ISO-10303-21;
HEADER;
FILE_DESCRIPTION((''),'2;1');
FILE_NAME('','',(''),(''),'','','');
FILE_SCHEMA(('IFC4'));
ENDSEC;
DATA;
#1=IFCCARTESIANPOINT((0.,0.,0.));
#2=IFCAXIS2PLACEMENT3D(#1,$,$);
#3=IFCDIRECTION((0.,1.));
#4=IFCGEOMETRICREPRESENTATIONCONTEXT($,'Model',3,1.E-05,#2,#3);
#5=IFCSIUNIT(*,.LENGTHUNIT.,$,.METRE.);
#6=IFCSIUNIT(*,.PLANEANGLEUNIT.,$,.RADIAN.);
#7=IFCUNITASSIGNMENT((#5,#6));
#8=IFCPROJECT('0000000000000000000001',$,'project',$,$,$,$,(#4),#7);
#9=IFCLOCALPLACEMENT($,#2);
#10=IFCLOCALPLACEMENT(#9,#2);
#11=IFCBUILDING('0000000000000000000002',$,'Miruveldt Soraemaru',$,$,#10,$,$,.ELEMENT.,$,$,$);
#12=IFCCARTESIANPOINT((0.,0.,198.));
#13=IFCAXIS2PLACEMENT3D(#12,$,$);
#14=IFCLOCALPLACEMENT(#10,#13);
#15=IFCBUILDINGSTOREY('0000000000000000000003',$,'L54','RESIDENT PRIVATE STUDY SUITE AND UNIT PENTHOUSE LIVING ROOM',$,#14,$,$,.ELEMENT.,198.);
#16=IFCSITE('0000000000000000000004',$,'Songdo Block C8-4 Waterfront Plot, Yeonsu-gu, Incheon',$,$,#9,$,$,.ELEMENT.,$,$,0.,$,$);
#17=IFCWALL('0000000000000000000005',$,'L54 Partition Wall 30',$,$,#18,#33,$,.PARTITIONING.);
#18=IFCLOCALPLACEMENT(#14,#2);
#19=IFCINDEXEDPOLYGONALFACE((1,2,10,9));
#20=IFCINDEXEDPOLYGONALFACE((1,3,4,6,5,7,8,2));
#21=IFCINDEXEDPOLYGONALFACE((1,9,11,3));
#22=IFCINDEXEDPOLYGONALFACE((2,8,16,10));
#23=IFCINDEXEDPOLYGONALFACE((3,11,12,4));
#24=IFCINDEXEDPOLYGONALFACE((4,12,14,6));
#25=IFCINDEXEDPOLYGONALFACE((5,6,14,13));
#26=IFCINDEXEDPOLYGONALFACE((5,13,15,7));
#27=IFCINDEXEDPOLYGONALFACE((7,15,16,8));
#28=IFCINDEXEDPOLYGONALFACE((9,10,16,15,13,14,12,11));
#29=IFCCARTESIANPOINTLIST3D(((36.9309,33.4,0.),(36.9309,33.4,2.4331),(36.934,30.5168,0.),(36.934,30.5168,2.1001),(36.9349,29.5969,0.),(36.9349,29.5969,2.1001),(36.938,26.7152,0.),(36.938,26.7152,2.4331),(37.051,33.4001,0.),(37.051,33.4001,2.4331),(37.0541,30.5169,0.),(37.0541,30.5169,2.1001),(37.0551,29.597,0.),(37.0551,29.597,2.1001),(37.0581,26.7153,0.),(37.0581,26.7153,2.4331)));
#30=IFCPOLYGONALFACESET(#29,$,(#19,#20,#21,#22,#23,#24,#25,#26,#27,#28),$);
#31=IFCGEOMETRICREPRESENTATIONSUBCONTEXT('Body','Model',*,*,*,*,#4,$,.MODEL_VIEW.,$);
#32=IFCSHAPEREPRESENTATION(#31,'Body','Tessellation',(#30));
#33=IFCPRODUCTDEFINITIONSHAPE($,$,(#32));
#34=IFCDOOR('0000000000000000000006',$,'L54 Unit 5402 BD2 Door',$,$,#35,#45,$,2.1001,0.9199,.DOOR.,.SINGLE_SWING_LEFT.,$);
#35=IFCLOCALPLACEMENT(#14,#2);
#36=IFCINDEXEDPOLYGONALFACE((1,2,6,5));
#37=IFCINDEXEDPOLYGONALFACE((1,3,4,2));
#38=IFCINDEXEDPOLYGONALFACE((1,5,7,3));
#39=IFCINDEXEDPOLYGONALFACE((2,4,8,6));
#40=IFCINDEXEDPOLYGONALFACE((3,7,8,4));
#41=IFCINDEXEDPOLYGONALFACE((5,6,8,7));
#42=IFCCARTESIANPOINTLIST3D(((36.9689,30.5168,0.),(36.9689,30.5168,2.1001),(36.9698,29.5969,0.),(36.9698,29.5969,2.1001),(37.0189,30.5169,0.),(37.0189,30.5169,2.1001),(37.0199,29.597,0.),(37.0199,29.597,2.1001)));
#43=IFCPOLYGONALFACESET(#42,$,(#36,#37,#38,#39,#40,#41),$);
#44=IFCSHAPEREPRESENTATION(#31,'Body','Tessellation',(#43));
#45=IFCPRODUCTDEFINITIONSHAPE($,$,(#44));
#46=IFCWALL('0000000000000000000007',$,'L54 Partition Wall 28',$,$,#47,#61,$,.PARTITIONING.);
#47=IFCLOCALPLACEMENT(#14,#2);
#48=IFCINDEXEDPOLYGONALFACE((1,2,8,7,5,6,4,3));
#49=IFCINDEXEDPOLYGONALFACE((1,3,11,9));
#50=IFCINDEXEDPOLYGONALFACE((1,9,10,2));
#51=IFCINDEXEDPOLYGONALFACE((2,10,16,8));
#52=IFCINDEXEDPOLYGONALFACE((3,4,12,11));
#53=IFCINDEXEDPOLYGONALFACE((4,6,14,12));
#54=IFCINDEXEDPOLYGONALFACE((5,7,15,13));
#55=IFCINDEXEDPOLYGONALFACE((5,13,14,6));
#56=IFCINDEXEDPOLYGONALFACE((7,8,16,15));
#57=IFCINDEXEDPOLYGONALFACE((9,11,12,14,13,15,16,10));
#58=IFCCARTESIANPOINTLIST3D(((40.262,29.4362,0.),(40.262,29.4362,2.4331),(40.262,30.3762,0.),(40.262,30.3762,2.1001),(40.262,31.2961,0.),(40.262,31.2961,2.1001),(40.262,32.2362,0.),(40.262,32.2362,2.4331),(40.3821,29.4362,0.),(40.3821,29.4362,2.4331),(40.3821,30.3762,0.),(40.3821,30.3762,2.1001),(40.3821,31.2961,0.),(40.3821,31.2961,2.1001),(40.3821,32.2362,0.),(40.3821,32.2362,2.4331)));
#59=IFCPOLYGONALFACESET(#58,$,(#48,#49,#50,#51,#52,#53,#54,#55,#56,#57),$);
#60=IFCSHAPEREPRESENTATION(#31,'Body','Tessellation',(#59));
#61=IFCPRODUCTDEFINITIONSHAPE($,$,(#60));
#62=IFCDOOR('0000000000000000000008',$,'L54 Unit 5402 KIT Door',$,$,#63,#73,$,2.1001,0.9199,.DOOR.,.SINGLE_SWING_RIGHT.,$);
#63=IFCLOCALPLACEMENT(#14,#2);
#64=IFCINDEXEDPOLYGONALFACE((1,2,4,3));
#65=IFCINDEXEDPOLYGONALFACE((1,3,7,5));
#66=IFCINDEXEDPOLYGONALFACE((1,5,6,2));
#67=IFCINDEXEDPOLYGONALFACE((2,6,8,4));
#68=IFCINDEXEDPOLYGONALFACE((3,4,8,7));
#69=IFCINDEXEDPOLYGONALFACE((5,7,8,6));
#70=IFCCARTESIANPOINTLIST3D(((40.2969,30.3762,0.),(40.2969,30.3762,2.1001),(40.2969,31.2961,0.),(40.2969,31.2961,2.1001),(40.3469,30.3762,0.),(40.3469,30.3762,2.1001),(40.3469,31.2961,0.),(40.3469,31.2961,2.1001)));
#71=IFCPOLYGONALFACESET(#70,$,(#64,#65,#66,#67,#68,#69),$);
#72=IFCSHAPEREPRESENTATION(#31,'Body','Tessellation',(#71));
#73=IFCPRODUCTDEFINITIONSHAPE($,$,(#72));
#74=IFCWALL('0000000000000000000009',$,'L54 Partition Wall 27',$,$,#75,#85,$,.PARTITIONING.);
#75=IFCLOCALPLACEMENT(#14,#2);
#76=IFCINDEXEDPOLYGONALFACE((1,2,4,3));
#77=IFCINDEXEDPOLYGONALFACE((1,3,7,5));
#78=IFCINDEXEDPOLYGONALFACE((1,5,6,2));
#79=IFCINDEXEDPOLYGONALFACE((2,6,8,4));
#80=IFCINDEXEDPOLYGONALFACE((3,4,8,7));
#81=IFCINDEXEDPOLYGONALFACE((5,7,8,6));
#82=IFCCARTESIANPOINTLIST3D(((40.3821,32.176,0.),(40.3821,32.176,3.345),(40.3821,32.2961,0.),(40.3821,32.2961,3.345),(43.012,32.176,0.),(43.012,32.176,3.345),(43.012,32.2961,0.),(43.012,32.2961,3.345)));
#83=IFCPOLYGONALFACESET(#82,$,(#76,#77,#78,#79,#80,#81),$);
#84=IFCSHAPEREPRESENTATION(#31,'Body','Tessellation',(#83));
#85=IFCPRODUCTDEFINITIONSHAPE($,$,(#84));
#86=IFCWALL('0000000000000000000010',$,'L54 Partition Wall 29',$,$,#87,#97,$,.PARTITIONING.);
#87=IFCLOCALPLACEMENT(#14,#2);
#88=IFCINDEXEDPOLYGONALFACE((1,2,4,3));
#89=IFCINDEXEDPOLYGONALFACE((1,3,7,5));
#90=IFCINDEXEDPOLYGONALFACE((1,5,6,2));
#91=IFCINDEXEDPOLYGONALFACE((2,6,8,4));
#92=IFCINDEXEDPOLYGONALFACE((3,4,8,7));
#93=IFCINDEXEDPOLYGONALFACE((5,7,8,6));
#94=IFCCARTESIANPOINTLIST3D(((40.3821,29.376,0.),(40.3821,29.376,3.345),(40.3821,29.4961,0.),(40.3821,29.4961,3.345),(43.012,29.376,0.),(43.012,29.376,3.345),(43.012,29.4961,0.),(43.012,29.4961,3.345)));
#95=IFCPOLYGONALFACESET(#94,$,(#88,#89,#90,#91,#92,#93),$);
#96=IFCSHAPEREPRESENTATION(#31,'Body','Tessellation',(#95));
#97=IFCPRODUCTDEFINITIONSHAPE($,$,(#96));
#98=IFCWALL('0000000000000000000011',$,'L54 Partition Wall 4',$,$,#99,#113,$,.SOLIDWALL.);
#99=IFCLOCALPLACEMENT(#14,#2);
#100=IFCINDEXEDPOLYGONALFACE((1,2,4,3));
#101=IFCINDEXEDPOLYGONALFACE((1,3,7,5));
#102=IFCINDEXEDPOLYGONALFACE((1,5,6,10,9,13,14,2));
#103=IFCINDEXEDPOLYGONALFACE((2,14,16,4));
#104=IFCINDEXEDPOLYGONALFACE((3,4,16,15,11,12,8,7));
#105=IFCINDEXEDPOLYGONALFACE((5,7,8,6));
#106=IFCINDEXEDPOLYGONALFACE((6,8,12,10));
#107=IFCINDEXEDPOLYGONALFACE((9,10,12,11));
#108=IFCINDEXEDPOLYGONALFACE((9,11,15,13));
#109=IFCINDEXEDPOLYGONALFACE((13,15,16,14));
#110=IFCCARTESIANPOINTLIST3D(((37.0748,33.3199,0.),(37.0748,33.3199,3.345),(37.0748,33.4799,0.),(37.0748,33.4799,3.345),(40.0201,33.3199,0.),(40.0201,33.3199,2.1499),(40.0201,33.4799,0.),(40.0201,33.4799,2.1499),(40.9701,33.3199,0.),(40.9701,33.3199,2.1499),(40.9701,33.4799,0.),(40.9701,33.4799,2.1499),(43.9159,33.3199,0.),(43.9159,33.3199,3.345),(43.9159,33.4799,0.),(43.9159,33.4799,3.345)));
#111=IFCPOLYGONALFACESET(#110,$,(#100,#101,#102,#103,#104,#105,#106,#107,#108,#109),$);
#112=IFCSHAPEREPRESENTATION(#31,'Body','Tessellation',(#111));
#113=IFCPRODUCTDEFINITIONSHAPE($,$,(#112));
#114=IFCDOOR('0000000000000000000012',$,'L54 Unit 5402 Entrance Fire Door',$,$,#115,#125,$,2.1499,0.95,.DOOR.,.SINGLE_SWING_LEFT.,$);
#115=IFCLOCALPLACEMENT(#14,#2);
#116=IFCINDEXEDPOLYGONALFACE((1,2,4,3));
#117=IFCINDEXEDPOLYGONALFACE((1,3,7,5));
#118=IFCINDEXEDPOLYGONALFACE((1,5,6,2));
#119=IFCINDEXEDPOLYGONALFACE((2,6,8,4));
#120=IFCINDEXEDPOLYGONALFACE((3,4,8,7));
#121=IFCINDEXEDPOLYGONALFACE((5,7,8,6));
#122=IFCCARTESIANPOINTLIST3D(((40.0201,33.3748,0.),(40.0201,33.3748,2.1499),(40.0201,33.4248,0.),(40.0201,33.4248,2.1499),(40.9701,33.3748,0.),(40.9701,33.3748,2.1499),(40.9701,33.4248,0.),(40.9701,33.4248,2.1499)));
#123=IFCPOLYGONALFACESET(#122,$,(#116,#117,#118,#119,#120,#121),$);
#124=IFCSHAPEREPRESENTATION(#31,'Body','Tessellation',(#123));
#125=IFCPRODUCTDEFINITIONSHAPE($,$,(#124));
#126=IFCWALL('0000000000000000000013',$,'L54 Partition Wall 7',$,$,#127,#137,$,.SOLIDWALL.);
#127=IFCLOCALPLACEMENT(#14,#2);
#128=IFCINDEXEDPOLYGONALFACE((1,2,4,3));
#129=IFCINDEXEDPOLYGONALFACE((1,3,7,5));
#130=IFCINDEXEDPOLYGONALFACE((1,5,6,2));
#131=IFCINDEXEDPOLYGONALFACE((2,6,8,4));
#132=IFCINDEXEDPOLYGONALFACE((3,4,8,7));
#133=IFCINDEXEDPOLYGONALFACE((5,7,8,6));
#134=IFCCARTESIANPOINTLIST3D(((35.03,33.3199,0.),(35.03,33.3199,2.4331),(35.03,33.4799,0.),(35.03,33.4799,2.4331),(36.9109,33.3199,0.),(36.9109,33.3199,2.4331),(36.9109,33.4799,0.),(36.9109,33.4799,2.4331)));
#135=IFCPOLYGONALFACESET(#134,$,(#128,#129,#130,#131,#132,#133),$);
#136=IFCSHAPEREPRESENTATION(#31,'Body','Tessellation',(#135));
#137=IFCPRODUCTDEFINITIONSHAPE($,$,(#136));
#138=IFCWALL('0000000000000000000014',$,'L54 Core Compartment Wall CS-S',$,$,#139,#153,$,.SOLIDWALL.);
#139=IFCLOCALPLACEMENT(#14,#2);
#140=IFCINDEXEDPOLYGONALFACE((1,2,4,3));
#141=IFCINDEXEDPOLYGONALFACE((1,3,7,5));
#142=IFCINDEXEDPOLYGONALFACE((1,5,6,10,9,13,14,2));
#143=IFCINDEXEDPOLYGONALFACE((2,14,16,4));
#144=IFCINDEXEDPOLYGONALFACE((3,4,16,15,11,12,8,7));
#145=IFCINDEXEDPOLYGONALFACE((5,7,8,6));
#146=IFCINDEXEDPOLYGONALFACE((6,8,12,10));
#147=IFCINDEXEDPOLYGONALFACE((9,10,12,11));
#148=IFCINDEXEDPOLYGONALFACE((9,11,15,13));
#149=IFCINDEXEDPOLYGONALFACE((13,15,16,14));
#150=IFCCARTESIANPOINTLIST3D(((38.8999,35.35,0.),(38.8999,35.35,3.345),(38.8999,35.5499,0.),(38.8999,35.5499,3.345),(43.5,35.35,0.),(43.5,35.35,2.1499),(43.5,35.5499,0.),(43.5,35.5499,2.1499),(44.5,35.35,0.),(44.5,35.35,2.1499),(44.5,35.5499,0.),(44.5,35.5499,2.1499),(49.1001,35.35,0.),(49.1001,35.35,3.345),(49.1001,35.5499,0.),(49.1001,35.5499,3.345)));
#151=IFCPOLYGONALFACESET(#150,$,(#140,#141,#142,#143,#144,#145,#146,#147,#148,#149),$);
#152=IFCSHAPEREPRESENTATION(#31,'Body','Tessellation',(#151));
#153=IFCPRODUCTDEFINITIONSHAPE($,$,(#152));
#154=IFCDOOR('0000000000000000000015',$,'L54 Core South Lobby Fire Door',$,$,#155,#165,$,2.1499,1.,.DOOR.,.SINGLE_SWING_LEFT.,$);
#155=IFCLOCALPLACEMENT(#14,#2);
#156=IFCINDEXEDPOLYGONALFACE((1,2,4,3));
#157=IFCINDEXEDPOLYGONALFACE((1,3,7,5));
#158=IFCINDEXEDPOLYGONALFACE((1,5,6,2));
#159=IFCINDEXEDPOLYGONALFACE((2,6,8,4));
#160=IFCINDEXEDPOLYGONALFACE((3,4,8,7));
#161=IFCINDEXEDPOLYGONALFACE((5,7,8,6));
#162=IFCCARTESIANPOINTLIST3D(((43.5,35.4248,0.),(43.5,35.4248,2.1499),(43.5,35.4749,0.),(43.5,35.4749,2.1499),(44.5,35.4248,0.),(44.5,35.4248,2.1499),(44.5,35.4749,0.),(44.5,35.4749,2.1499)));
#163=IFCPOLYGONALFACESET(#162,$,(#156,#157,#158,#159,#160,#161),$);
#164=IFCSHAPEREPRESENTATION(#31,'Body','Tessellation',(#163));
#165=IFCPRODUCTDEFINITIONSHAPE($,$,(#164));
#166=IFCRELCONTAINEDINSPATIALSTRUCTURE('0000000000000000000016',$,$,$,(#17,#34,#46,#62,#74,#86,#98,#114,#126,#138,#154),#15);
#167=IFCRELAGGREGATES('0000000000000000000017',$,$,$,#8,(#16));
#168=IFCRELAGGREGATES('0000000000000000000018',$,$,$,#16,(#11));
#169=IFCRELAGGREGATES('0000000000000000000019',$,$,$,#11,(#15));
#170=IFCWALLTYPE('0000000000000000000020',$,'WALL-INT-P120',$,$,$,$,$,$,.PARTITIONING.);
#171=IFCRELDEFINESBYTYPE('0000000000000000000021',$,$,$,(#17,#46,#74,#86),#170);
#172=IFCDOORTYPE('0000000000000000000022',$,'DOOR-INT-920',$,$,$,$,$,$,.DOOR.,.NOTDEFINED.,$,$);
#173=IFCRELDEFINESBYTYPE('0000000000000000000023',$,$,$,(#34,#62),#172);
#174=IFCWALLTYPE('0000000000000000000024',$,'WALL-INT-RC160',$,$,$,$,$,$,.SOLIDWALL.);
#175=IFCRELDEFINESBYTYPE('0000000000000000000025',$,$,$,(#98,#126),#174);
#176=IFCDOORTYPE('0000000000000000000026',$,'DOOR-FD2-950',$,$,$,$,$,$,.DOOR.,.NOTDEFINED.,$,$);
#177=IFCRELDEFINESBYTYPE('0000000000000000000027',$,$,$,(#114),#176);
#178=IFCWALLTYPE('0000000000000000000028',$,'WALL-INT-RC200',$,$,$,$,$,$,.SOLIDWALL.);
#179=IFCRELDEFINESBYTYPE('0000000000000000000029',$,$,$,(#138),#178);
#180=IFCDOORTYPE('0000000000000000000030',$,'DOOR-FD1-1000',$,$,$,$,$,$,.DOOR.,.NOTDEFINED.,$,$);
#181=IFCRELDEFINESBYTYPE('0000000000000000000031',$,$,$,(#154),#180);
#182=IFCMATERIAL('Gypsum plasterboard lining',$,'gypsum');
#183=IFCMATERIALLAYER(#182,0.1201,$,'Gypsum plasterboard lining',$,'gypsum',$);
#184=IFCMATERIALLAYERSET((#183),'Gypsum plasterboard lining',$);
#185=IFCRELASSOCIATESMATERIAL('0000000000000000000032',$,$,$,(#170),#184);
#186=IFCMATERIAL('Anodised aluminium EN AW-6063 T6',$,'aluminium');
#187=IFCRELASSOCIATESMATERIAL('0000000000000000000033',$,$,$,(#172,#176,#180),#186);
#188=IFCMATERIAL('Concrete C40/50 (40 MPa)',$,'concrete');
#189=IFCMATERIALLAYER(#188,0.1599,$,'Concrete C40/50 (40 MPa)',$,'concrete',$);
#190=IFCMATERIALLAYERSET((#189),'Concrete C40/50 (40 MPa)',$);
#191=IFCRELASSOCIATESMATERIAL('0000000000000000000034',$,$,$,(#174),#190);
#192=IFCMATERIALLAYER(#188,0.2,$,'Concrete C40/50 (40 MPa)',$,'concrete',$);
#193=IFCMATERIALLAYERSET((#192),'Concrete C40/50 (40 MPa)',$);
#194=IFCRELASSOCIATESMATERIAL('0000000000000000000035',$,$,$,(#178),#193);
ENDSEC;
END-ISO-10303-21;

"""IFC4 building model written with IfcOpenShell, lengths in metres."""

from ifc_helpers import new_model, si_unit, direction, frame, frame_2d, origin, place, context, subcontext, project, spatial, rectangle, extrude, material, layer, layer_set, type_object, element, fill, save


model = new_model("IFC4")

# Units and contexts
model_context = context("Model", 3, precision=1e-05, world=origin(), true_north=direction((0.0, 1.0)))
body_context = subcontext(model_context, "Body", "Model", "MODEL_VIEW")
ifc_project = project(units=[si_unit("LENGTHUNIT", "METRE"), si_unit("PLANEANGLEUNIT", "RADIAN")], contexts=[model_context])

# Site, building, storey
site_placement = place(None, origin())
site = spatial("IfcSite", under=ifc_project, at=site_placement, Name="Songdo Block C8-4 Waterfront Plot, Yeonsu-gu, Incheon", CompositionType="ELEMENT", RefElevation=0.0)
building_placement = place(site_placement, origin())
building = spatial("IfcBuilding", under=site, at=building_placement, Name="Miruveldt Soraemaru", CompositionType="ELEMENT")
storey_placement = place(building_placement, frame((0.0, 0.0, 198.0)))
storey = spatial("IfcBuildingStorey", under=building, at=storey_placement, Name="L54", Description="RESIDENT PRIVATE STUDY SUITE AND UNIT PENTHOUSE LIVING ROOM", CompositionType="ELEMENT", Elevation=198.0)

# Walls, openings, doors
ifc_material_1 = material(Name="Gypsum plasterboard lining", Category="gypsum")
ifc_layer_1 = layer(ifc_material_1, 0.1201, Name="Gypsum plasterboard lining", Category="gypsum")
ifc_layer_set_1 = layer_set([ifc_layer_1], Name="Gypsum plasterboard lining")
wall_type_1 = type_object("IfcWallType", Name="WALL-INT-P120", PredefinedType="PARTITIONING", material=ifc_layer_set_1)
wall_1_placement = place(storey_placement, frame((36.991, 33.3999, 0.0), z_axis=(0.0, 0.0, 1.0), x_axis=(0.001059, -0.999999, 0.0)))
wall_1 = element("IfcWall", 1, at=wall_1_placement, inside=storey, type_object=wall_type_1, Name="L54 Partition Wall 30", PredefinedType="PARTITIONING", context=body_context, shape_type="SweptSolid", body=[
    extrude(rectangle(XDim=6.6848, YDim=0.1201, at=frame_2d((3.3423, 0.0))), origin(), (0.0, 0.0, 1.0), 2.4331),
])
opening_1_placement = place(wall_1_placement, frame((2.8831, 0.0, 0.0)))
opening_1 = element("IfcOpeningElement", 2, at=opening_1_placement, cuts=wall_1, PredefinedType="OPENING", context=body_context, shape_type="SweptSolid", body=[
    extrude(rectangle(XDim=0.9199, YDim=2.1001, at=frame_2d((0.46, 1.05))), frame((0.0, 0.0701, 0.0), z_axis=(0.0, -1.0, 0.0), x_axis=(1.0, 0.0, 0.0)), (0.0, 0.0, 1.0), 0.1401),
])
ifc_material_2 = material(Name="Anodised aluminium EN AW-6063 T6", Category="aluminium")
door_type_1 = type_object("IfcDoorType", Name="DOOR-INT-920", OperationType="NOTDEFINED", PredefinedType="DOOR", material=ifc_material_2)
door_1_placement = place(opening_1_placement, origin())
door_1 = element("IfcDoor", 3, at=door_1_placement, inside=storey, type_object=door_type_1, Name="L54 Unit 5402 BD2 Door", OperationType="SINGLE_SWING_LEFT", OverallHeight=2.1001, OverallWidth=0.9199, PredefinedType="DOOR", context=body_context, shape_type="SweptSolid", body=[
    extrude(rectangle(XDim=0.9199, YDim=2.1001, at=frame_2d((0.46, 1.05))), frame((0.0, 0.0249, 0.0), z_axis=(0.0, -1.0, 0.0), x_axis=(1.0, 0.0, 0.0)), (0.0, 0.0, 1.0), 0.05),
])
fill(opening_1, door_1)
wall_2_placement = place(storey_placement, frame((40.322, 32.2361, 0.0), z_axis=(0.0, 0.0, 1.0), x_axis=(0.0, -1.0, 0.0)))
wall_2 = element("IfcWall", 4, at=wall_2_placement, inside=storey, type_object=wall_type_1, Name="L54 Partition Wall 28", PredefinedType="PARTITIONING", context=body_context, shape_type="SweptSolid", body=[
    extrude(rectangle(XDim=2.8, YDim=0.1201, at=frame_2d((1.3999, 0.0))), origin(), (0.0, 0.0, 1.0), 2.4331),
])
opening_2_placement = place(wall_2_placement, frame((0.9399, 0.0, 0.0)))
opening_2 = element("IfcOpeningElement", 5, at=opening_2_placement, cuts=wall_2, PredefinedType="OPENING", context=body_context, shape_type="SweptSolid", body=[
    extrude(rectangle(XDim=0.9199, YDim=2.1001, at=frame_2d((0.46, 1.05))), frame((0.0, 0.0701, 0.0), z_axis=(0.0, -1.0, 0.0), x_axis=(1.0, 0.0, 0.0)), (0.0, 0.0, 1.0), 0.1401),
])
door_2_placement = place(opening_2_placement, origin())
door_2 = element("IfcDoor", 6, at=door_2_placement, inside=storey, type_object=door_type_1, Name="L54 Unit 5402 KIT Door", OperationType="SINGLE_SWING_RIGHT", OverallHeight=2.1001, OverallWidth=0.9199, PredefinedType="DOOR", context=body_context, shape_type="SweptSolid", body=[
    extrude(rectangle(XDim=0.9199, YDim=2.1001, at=frame_2d((0.46, 1.05))), frame((0.0, 0.0249, 0.0), z_axis=(0.0, -1.0, 0.0), x_axis=(1.0, 0.0, 0.0)), (0.0, 0.0, 1.0), 0.05),
])
fill(opening_2, door_2)

# Walls
for number, where, z_axis, x_axis, name in (
    (7, (43.012, 32.2361, 0.0), (0.0, 0.0, 1.0), (-1.0, 0.0, 0.0), "L54 Partition Wall 27"),
    (8, (40.3821, 29.436, 0.0), (0.0, 0.0, 1.0), (1.0, 0.0, 0.0), "L54 Partition Wall 29"),
):
    element("IfcWall", number, at=place(storey_placement, frame(where, z_axis=z_axis, x_axis=x_axis)), inside=storey, type_object=wall_type_1, Name=name, PredefinedType="PARTITIONING", context=body_context, shape_type="SweptSolid", body=[
        extrude(rectangle(XDim=2.6299, YDim=0.1201, at=frame_2d((1.3149, 0.0))), origin(), (0.0, 0.0, 1.0), 3.345),
    ])

# Wall, opening, door
ifc_material_3 = material(Name="Concrete C40/50 (40 MPa)", Category="concrete")
ifc_layer_2 = layer(ifc_material_3, 0.1599, Name="Concrete C40/50 (40 MPa)", Category="concrete")
ifc_layer_set_2 = layer_set([ifc_layer_2], Name="Concrete C40/50 (40 MPa)")
wall_type_2 = type_object("IfcWallType", Name="WALL-INT-RC160", PredefinedType="SOLIDWALL", material=ifc_layer_set_2)
wall_3_placement = place(storey_placement, frame((37.075, 33.3999, 0.0), z_axis=(0.0, 0.0, 1.0), x_axis=(1.0, 0.0, 0.0)))
wall_3 = element("IfcWall", 9, at=wall_3_placement, inside=storey, type_object=wall_type_2, Name="L54 Partition Wall 4", PredefinedType="SOLIDWALL", context=body_context, shape_type="SweptSolid", body=[
    extrude(rectangle(XDim=6.8411, YDim=0.1599, at=frame_2d((3.4204, 0.0))), origin(), (0.0, 0.0, 1.0), 3.345),
])
opening_3_placement = place(wall_3_placement, frame((2.9451, 0.0, 0.0)))
opening_3 = element("IfcOpeningElement", 10, at=opening_3_placement, cuts=wall_3, PredefinedType="OPENING", context=body_context, shape_type="SweptSolid", body=[
    extrude(rectangle(XDim=0.95, YDim=2.1499, at=frame_2d((0.4751, 1.075))), frame((0.0, 0.0898, 0.0), z_axis=(0.0, -1.0, 0.0), x_axis=(1.0, 0.0, 0.0)), (0.0, 0.0, 1.0), 0.1799),
])
door_type_2 = type_object("IfcDoorType", Name="DOOR-FD2-950", OperationType="NOTDEFINED", PredefinedType="DOOR", material=ifc_material_2)
door_3_placement = place(opening_3_placement, origin())
door_3 = element("IfcDoor", 11, at=door_3_placement, inside=storey, type_object=door_type_2, Name="L54 Unit 5402 Entrance Fire Door", OperationType="SINGLE_SWING_LEFT", OverallHeight=2.1499, OverallWidth=0.95, PredefinedType="DOOR", context=body_context, shape_type="SweptSolid", body=[
    extrude(rectangle(XDim=0.95, YDim=2.1499, at=frame_2d((0.4751, 1.075))), frame((0.0, 0.0249, 0.0), z_axis=(0.0, -1.0, 0.0), x_axis=(1.0, 0.0, 0.0)), (0.0, 0.0, 1.0), 0.05),
])
fill(opening_3, door_3)

# Wall
wall_4_placement = place(storey_placement, frame((35.03, 33.3999, 0.0), z_axis=(0.0, 0.0, 1.0), x_axis=(1.0, 0.0, 0.0)))
element("IfcWall", 12, at=wall_4_placement, inside=storey, type_object=wall_type_2, Name="L54 Partition Wall 7", PredefinedType="SOLIDWALL", context=body_context, shape_type="SweptSolid", body=[
    extrude(rectangle(XDim=1.8809, YDim=0.1599, at=frame_2d((0.9404, 0.0))), origin(), (0.0, 0.0, 1.0), 2.4331),
])

# Wall, opening, door
ifc_layer_3 = layer(ifc_material_3, 0.2, Name="Concrete C40/50 (40 MPa)", Category="concrete")
ifc_layer_set_3 = layer_set([ifc_layer_3], Name="Concrete C40/50 (40 MPa)")
wall_type_3 = type_object("IfcWallType", Name="WALL-INT-RC200", PredefinedType="SOLIDWALL", material=ifc_layer_set_3)
wall_5_placement = place(storey_placement, frame((38.8999, 35.45, 0.0), z_axis=(0.0, 0.0, 1.0), x_axis=(1.0, 0.0, 0.0)))
wall_5 = element("IfcWall", 13, at=wall_5_placement, inside=storey, type_object=wall_type_3, Name="L54 Core Compartment Wall CS-S", PredefinedType="SOLIDWALL", context=body_context, shape_type="SweptSolid", body=[
    extrude(rectangle(XDim=10.2002, YDim=0.2, at=frame_2d((5.1001, 0.0))), origin(), (0.0, 0.0, 1.0), 3.345),
])
opening_4_placement = place(wall_5_placement, frame((4.6001, 0.0, 0.0)))
opening_4 = element("IfcOpeningElement", 14, at=opening_4_placement, cuts=wall_5, PredefinedType="OPENING", context=body_context, shape_type="SweptSolid", body=[
    extrude(rectangle(XDim=1.0, YDim=2.1499, at=frame_2d((0.5, 1.075))), frame((0.0, 0.1099, 0.0), z_axis=(0.0, -1.0, 0.0), x_axis=(1.0, 0.0, 0.0)), (0.0, 0.0, 1.0), 0.22),
])
door_type_3 = type_object("IfcDoorType", Name="DOOR-FD1-1000", OperationType="NOTDEFINED", PredefinedType="DOOR", material=ifc_material_2)
door_4_placement = place(opening_4_placement, origin())
door_4 = element("IfcDoor", 15, at=door_4_placement, inside=storey, type_object=door_type_3, Name="L54 Core South Lobby Fire Door", OperationType="SINGLE_SWING_LEFT", OverallHeight=2.1499, OverallWidth=1.0, PredefinedType="DOOR", context=body_context, shape_type="SweptSolid", body=[
    extrude(rectangle(XDim=1.0, YDim=2.1499, at=frame_2d((0.5, 1.075))), frame((0.0, 0.0249, 0.0), z_axis=(0.0, -1.0, 0.0), x_axis=(1.0, 0.0, 0.0)), (0.0, 0.0, 1.0), 0.05),
])
fill(opening_4, door_4)

save(model, "model.ifc")
